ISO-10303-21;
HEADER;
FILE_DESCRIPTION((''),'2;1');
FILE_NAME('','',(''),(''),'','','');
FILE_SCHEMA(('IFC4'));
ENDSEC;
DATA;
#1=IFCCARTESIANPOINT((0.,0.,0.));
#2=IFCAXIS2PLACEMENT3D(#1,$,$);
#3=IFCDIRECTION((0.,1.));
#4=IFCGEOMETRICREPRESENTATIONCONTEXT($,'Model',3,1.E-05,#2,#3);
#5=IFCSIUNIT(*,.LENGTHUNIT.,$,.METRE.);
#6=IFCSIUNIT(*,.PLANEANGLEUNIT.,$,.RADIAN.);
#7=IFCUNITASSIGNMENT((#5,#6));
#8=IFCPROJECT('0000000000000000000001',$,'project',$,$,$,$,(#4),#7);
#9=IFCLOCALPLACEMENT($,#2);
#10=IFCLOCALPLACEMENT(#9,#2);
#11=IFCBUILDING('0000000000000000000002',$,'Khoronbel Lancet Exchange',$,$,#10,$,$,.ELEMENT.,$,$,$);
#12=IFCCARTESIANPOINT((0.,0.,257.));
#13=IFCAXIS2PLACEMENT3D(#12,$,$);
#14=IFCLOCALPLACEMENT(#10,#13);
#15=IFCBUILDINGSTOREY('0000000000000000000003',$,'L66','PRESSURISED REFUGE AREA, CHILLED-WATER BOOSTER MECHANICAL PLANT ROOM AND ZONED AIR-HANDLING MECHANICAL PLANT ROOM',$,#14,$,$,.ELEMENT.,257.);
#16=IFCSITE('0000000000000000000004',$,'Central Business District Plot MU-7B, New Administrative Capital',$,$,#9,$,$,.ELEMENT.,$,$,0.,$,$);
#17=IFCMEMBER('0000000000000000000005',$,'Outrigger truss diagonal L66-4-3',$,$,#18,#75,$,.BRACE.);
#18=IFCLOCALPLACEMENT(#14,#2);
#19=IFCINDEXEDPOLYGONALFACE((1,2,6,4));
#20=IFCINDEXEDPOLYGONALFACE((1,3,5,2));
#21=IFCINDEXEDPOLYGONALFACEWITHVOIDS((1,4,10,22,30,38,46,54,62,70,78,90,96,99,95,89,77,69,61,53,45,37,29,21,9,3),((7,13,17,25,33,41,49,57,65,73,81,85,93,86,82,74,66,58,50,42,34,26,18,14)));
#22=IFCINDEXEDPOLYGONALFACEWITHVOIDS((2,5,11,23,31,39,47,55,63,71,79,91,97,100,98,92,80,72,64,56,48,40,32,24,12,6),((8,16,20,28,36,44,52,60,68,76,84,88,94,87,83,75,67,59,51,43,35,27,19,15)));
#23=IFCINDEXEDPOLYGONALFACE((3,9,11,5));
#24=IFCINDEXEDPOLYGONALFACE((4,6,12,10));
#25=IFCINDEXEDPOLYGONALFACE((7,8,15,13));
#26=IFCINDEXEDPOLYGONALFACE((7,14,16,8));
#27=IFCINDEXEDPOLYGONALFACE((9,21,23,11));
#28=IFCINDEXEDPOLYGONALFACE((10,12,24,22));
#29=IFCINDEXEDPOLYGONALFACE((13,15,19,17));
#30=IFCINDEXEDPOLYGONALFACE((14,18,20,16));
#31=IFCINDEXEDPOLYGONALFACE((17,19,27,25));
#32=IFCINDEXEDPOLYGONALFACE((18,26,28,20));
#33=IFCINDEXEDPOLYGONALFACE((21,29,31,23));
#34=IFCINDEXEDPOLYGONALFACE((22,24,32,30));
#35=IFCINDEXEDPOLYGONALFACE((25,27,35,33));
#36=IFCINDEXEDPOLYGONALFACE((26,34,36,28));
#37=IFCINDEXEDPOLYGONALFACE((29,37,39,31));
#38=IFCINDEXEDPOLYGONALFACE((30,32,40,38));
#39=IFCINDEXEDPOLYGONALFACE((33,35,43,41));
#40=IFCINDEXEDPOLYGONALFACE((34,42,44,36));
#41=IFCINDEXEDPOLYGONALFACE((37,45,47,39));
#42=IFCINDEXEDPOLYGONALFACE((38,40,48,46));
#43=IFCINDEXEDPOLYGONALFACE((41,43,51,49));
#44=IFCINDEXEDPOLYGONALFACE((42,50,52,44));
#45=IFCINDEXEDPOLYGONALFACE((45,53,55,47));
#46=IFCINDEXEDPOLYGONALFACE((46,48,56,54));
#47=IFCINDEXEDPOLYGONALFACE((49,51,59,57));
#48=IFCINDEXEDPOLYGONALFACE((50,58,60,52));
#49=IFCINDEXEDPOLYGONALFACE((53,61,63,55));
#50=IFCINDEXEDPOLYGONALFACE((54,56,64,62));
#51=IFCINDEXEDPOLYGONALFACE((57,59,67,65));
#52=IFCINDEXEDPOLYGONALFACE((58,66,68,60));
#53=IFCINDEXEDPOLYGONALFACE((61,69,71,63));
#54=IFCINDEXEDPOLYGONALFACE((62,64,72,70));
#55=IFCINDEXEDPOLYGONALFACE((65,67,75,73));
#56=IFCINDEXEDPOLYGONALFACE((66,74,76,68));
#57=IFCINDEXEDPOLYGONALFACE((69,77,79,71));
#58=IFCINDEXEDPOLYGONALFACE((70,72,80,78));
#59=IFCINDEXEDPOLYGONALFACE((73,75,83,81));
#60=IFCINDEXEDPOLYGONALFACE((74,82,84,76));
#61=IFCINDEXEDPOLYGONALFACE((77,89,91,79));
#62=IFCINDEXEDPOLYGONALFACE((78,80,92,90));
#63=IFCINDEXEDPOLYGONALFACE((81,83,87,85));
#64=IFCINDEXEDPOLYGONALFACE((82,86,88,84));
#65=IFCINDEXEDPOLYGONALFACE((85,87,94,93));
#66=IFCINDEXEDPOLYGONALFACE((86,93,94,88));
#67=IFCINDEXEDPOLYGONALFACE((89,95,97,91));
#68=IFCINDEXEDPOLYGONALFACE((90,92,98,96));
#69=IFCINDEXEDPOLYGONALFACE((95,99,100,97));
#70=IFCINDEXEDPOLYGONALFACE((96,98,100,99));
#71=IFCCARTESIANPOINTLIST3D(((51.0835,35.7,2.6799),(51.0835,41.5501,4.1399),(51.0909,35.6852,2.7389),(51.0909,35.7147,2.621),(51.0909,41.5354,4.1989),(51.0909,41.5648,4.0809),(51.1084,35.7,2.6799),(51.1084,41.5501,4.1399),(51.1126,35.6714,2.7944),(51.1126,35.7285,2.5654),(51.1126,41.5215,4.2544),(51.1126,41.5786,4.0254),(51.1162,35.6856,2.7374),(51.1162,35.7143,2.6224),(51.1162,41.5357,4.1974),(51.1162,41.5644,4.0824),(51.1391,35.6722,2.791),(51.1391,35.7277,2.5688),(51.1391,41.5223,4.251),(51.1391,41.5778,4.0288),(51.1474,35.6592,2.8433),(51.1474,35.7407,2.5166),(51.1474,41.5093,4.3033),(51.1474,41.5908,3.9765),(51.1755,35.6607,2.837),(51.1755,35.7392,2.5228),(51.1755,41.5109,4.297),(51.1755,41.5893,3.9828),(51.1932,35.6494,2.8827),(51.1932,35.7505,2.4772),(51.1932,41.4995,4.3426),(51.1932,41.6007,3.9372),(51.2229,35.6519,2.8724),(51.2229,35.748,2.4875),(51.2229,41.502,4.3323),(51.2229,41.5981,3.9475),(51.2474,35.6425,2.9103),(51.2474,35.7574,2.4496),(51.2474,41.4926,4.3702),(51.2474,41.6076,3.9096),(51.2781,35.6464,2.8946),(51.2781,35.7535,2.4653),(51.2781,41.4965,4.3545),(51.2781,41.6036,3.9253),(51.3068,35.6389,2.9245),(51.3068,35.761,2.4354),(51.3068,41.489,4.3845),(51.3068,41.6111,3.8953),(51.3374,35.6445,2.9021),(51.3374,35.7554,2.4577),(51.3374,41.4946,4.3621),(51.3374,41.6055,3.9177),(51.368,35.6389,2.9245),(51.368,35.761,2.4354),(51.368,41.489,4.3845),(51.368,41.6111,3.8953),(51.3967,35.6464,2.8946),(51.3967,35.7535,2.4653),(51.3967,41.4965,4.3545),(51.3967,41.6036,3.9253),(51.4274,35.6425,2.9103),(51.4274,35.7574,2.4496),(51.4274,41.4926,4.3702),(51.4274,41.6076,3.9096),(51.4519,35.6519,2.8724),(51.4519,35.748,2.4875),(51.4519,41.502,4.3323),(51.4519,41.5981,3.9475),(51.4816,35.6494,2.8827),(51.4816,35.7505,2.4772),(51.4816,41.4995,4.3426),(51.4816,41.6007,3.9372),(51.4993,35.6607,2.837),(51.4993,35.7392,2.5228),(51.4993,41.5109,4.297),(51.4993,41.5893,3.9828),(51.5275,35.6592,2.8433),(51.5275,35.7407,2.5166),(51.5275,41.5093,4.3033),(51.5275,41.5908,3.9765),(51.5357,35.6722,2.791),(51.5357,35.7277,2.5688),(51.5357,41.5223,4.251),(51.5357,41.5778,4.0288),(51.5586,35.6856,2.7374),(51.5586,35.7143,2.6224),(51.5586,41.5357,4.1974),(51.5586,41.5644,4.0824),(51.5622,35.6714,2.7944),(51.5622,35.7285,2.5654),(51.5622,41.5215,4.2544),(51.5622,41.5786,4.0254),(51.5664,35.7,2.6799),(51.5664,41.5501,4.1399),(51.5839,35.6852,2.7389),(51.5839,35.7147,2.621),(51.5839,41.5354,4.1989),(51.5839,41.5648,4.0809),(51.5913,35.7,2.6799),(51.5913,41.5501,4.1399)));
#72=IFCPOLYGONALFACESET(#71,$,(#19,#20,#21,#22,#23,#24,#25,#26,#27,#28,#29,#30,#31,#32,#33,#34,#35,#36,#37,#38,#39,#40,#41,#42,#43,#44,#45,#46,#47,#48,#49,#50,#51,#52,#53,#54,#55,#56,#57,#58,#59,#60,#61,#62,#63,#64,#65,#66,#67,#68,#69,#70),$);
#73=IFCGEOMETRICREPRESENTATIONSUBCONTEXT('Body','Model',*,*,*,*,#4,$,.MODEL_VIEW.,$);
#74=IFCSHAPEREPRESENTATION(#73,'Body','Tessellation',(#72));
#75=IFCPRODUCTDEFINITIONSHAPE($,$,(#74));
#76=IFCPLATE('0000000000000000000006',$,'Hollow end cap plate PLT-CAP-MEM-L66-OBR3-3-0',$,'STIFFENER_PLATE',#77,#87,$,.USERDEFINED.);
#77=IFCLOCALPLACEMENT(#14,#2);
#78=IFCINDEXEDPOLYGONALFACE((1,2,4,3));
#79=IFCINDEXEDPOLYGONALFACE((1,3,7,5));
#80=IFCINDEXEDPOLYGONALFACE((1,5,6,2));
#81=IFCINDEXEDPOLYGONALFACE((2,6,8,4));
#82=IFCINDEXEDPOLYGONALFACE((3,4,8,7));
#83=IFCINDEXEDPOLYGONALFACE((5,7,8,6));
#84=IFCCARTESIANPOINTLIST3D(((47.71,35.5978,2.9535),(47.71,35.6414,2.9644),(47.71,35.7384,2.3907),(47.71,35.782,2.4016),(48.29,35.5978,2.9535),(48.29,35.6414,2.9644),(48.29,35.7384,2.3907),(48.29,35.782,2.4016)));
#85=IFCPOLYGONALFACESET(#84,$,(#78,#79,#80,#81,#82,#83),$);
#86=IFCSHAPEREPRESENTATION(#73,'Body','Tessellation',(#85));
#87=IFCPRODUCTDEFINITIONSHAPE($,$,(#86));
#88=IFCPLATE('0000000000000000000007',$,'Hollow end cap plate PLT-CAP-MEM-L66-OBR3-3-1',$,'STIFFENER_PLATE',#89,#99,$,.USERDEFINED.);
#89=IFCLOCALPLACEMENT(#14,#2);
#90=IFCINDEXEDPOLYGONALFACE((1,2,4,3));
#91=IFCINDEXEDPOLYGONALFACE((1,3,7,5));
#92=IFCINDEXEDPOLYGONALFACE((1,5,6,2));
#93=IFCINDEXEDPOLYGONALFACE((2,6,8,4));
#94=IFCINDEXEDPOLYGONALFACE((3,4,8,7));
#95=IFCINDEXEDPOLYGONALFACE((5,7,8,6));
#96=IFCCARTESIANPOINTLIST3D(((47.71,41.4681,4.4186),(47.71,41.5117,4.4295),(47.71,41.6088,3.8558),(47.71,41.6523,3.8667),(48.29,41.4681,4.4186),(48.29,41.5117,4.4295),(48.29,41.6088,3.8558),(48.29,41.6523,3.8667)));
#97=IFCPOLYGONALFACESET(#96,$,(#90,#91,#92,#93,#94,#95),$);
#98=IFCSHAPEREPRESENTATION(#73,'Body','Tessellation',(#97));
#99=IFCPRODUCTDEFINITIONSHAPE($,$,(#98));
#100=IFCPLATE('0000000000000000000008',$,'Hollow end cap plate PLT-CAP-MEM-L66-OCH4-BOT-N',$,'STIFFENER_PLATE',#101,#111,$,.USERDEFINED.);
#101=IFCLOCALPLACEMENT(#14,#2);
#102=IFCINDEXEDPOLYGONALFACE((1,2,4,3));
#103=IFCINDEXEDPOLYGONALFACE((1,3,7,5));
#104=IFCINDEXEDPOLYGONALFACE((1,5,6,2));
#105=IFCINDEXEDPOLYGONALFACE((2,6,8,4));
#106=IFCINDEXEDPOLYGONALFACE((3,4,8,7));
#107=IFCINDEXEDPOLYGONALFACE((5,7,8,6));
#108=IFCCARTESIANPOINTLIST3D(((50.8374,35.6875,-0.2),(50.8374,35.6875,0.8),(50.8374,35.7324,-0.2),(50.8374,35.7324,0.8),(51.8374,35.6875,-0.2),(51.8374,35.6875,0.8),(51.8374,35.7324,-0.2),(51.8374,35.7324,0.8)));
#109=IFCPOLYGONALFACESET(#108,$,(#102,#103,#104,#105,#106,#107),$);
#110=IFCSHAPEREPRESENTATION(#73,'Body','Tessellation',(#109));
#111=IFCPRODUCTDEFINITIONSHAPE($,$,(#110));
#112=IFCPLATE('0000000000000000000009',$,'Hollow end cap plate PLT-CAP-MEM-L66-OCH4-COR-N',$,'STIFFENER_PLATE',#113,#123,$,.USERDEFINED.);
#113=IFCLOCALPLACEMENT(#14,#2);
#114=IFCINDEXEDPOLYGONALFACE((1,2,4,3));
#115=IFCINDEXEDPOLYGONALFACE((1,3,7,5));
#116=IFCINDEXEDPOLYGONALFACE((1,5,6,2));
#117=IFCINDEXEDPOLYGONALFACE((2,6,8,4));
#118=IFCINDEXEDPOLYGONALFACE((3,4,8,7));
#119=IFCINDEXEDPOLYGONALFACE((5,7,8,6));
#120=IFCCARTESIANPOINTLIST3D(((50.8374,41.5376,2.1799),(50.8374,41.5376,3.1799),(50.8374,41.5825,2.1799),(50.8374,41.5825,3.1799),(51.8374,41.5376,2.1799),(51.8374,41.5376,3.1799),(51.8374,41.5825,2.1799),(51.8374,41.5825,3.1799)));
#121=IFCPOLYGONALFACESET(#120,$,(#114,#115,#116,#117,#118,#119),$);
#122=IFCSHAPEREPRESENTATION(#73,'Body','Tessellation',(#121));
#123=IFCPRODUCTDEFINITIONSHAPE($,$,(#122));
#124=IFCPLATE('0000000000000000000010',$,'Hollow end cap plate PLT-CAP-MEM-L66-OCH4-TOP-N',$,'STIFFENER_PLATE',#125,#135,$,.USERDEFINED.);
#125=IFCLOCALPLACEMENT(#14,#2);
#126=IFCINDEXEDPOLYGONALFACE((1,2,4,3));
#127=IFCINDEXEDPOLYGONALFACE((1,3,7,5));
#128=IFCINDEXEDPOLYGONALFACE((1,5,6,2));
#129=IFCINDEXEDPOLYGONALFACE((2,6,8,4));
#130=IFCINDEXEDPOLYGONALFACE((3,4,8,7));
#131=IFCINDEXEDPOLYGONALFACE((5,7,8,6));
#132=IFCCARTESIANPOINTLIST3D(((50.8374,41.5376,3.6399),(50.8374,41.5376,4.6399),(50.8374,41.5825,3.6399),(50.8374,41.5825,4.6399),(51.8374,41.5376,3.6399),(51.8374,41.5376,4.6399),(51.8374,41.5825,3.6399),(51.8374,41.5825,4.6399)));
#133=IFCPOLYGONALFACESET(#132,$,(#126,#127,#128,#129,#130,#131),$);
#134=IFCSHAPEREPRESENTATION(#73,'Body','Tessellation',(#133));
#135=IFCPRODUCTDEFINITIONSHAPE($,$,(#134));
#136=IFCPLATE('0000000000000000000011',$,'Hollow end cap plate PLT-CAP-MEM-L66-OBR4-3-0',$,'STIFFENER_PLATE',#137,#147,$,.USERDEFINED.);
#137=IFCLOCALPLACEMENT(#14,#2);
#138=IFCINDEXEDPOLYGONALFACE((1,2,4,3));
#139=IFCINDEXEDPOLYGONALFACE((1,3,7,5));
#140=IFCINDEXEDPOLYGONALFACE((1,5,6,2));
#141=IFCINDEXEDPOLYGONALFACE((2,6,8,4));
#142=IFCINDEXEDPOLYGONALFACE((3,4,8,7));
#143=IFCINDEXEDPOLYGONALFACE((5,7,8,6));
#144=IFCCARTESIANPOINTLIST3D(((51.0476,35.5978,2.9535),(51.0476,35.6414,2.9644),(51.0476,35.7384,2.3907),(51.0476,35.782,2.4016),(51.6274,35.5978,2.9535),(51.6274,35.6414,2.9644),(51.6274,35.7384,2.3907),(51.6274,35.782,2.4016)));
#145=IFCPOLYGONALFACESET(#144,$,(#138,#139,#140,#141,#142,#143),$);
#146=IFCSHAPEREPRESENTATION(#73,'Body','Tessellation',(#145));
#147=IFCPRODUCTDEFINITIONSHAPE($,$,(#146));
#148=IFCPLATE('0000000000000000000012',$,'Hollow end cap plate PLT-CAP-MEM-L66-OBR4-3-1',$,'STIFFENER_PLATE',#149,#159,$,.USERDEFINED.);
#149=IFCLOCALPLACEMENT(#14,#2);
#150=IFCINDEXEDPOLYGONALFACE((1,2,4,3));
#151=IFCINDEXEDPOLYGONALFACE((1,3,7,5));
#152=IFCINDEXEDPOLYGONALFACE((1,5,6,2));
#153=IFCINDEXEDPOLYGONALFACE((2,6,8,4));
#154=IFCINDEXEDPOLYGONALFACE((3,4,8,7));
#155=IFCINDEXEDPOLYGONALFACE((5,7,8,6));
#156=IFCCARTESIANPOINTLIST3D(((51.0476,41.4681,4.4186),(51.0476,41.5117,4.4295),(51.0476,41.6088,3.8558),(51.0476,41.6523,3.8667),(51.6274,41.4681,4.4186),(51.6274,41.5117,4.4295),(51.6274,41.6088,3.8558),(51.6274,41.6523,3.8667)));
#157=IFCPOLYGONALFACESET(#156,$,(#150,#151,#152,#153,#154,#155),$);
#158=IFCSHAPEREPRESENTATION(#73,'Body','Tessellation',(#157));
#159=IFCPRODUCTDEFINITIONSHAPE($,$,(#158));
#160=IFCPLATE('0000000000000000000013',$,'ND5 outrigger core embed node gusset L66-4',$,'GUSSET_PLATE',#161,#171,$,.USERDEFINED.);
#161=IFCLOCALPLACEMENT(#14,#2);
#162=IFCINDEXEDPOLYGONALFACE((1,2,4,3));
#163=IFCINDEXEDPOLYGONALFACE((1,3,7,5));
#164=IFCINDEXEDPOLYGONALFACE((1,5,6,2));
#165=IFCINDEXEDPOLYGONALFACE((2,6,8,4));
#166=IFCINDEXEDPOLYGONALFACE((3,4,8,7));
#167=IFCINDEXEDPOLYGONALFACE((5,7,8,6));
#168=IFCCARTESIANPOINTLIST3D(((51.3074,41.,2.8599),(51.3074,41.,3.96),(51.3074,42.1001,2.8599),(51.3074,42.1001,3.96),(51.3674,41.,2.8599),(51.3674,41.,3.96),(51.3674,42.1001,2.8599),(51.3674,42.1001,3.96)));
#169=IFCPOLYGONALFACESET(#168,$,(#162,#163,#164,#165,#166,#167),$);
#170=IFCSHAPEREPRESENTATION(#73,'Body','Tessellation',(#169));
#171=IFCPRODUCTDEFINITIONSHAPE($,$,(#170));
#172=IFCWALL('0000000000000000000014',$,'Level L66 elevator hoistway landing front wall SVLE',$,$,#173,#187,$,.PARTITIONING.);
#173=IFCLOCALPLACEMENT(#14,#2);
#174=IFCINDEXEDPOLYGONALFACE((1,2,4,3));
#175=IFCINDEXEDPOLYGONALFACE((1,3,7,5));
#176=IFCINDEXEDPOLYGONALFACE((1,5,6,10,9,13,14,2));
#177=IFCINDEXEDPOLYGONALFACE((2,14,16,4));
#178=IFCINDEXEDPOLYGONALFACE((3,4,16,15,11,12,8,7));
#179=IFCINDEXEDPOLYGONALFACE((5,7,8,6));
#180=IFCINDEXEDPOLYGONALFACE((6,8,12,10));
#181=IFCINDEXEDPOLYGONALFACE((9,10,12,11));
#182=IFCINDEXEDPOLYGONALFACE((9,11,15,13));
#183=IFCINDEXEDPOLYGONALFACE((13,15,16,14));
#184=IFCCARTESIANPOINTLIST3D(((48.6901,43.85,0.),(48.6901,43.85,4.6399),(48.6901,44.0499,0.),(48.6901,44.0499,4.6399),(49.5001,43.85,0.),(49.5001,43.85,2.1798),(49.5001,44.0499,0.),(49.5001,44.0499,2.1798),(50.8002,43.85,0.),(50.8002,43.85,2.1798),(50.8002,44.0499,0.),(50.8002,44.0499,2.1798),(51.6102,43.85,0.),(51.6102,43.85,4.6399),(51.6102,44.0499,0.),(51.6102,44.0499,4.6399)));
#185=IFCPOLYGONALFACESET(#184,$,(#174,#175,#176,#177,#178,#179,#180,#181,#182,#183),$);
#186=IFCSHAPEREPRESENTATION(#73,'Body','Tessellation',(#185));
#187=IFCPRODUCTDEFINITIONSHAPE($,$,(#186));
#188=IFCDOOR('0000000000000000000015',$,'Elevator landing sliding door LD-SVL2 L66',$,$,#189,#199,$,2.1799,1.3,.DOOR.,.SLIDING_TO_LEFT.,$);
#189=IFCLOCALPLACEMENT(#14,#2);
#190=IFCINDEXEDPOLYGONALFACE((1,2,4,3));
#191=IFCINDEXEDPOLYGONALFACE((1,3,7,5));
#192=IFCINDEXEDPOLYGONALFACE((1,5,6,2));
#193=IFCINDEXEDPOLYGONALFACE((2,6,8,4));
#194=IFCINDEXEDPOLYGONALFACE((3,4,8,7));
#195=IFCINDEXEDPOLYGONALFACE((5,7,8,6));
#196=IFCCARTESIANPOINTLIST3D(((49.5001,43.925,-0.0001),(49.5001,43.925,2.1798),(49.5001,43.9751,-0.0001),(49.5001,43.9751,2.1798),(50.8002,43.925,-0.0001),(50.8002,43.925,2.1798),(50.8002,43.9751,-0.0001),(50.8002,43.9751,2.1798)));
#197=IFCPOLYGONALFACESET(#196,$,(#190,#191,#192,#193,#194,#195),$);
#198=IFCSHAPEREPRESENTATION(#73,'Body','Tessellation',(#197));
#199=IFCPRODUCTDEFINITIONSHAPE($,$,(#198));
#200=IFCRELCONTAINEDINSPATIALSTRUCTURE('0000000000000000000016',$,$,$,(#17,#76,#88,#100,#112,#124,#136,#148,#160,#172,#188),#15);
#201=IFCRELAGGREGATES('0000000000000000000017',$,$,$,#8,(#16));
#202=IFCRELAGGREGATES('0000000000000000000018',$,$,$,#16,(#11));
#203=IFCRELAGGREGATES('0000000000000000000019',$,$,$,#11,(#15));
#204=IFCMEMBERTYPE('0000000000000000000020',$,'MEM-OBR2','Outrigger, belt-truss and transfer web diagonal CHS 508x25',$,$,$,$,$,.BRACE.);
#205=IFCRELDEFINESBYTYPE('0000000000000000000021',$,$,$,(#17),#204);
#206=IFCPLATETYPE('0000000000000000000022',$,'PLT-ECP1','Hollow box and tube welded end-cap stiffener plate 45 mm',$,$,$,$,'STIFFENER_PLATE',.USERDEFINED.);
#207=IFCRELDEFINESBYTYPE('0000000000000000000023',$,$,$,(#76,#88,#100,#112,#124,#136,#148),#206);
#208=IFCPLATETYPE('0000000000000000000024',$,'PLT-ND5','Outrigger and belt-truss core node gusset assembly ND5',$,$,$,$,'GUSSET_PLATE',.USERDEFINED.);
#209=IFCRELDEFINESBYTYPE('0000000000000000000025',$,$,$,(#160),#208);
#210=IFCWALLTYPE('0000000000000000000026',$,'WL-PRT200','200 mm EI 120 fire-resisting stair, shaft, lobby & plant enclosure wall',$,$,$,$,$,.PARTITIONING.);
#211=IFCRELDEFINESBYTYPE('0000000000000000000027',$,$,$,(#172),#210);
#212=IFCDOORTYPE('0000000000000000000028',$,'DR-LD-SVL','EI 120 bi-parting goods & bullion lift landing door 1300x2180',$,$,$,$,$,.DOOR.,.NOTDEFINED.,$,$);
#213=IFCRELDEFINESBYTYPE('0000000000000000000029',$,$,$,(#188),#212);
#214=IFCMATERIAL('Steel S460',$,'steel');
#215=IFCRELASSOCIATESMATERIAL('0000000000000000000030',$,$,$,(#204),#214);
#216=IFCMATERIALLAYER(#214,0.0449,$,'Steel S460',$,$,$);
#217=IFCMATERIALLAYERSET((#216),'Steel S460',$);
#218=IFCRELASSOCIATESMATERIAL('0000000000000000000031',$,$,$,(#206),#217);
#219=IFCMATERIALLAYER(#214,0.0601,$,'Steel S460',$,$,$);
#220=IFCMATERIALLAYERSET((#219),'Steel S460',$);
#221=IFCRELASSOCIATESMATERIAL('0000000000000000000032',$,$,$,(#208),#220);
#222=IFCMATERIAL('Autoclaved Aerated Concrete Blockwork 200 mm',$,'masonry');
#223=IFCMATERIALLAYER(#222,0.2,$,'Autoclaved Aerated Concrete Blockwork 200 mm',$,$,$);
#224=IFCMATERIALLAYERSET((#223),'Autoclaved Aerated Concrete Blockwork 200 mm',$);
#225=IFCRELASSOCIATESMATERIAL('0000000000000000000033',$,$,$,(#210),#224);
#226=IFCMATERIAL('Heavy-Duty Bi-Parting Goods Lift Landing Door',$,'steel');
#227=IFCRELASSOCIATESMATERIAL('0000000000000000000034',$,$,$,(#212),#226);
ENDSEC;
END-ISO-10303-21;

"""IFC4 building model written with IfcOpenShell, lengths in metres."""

from ifc_helpers import new_model, si_unit, direction, frame, frame_2d, origin, origin_2d, place, context, subcontext, project, spatial, polyline, rectangle, hollow_circle, outline, extrude, material, layer, layer_set, material_profile, profile_set, type_object, element, fill, save


model = new_model("IFC4")

# Units and contexts
model_context = context("Model", 3, precision=1e-05, world=origin(), true_north=direction((0.0, 1.0)))
body_context = subcontext(model_context, "Body", "Model", "MODEL_VIEW")
ifc_project = project(units=[si_unit("LENGTHUNIT", "METRE"), si_unit("PLANEANGLEUNIT", "RADIAN")], contexts=[model_context])

# Site, building, storey
site_placement = place(None, origin())
site = spatial("IfcSite", under=ifc_project, at=site_placement, Name="Central Business District Plot MU-7B, New Administrative Capital", CompositionType="ELEMENT", RefElevation=0.0)
building_placement = place(site_placement, origin())
building = spatial("IfcBuilding", under=site, at=building_placement, Name="Khoronbel Lancet Exchange", CompositionType="ELEMENT")
storey_placement = place(building_placement, frame((0.0, 0.0, 257.0)))
storey = spatial("IfcBuildingStorey", under=building, at=storey_placement, Name="L66", Description="PRESSURISED REFUGE AREA, CHILLED-WATER BOOSTER MECHANICAL PLANT ROOM AND ZONED AIR-HANDLING MECHANICAL PLANT ROOM", CompositionType="ELEMENT", Elevation=257.0)

# Member
ifc_material_1 = material(Name="Steel S460", Category="steel")
ifc_material_profile = material_profile(ifc_material_1, hollow_circle(Radius=0.2539, WallThickness=0.0249, at=origin_2d()), Name="CHS 508x25")
ifc_profile_set = profile_set([ifc_material_profile], Name="Steel S460")
member_type = type_object("IfcMemberType", Name="MEM-OBR2", Description="Outrigger, belt-truss and transfer web diagonal CHS 508x25", PredefinedType="BRACE", material=ifc_profile_set)
member_placement = place(storey_placement, frame((51.3374, 35.7, 2.6799), z_axis=(0.0, 0.970242, 0.242135), x_axis=(-1.0, 0.0, 0.0)))
element("IfcMember", 1, at=member_placement, inside=storey, type_object=member_type, Name="Outrigger truss diagonal L66-4-3", PredefinedType="BRACE", context=body_context, shape_type="SweptSolid", body=[
    extrude(hollow_circle(Radius=0.2539, WallThickness=0.0249, at=origin_2d()), origin(), (0.0, 0.0, 1.0), 6.0295),
])

# Plates
ifc_layer_1 = layer(ifc_material_1, 0.0449, Name="Steel S460")
ifc_layer_set_1 = layer_set([ifc_layer_1], Name="Steel S460")
plate_type_1 = type_object("IfcPlateType", Name="PLT-ECP1", Description="Hollow box and tube welded end-cap stiffener plate 45 mm", ElementType="STIFFENER_PLATE", PredefinedType="USERDEFINED", material=ifc_layer_set_1)
for number, where, z_axis, x_axis, name in (
    (2, (48.29, 35.782, 2.4016), (0.0, 0.970167, 0.242437), (-1.0, 0.0, 0.0), "Hollow end cap plate PLT-CAP-MEM-L66-OBR3-3-0"),
    (3, (48.29, 41.6523, 3.8667), (0.0, 0.970167, 0.242437), (-1.0, 0.0, 0.0), "Hollow end cap plate PLT-CAP-MEM-L66-OBR3-3-1"),
):
    element("IfcPlate", number, at=place(storey_placement, frame(where, z_axis=z_axis, x_axis=x_axis)), inside=storey, type_object=plate_type_1, Name=name, ObjectType="STIFFENER_PLATE", PredefinedType="USERDEFINED", context=body_context, shape_type="SweptSolid", body=[
        extrude(outline(polyline([(0.0, 0.0), (0.5801, 0.0), (0.5801, 0.5801), (0.0, 0.5801), (0.0, 0.0)])), origin(), (0.0, 0.0, -1.0), 0.0449),
    ])
for number, where, z_axis, x_axis, name in (
    (4, (51.3374, 35.71, -0.2), (0.0, 0.0, 1.0), (0.0, 1.0, 0.0), "Hollow end cap plate PLT-CAP-MEM-L66-OCH4-BOT-N"),
    (5, (51.3374, 41.5601, 2.1799), (0.0, 0.0, 1.0), (0.0, 1.0, 0.0), "Hollow end cap plate PLT-CAP-MEM-L66-OCH4-COR-N"),
    (6, (51.3374, 41.5601, 3.6399), (0.0, 0.0, 1.0), (0.0, 1.0, 0.0), "Hollow end cap plate PLT-CAP-MEM-L66-OCH4-TOP-N"),
):
    element("IfcPlate", number, at=place(storey_placement, frame(where, z_axis=z_axis, x_axis=x_axis)), inside=storey, type_object=plate_type_1, Name=name, ObjectType="STIFFENER_PLATE", PredefinedType="USERDEFINED", context=body_context, shape_type="SweptSolid", body=[
        extrude(rectangle(XDim=0.0449, YDim=1.0, at=origin_2d()), origin(), (0.0, 0.0, 1.0), 1.0),
    ])
for number, where, z_axis, x_axis, name in (
    (7, (51.6274, 35.782, 2.4016), (0.0, 0.970167, 0.242437), (-1.0, 0.0, 0.0), "Hollow end cap plate PLT-CAP-MEM-L66-OBR4-3-0"),
    (8, (51.6274, 41.6523, 3.8667), (0.0, 0.970167, 0.242437), (-1.0, 0.0, 0.0), "Hollow end cap plate PLT-CAP-MEM-L66-OBR4-3-1"),
):
    element("IfcPlate", number, at=place(storey_placement, frame(where, z_axis=z_axis, x_axis=x_axis)), inside=storey, type_object=plate_type_1, Name=name, ObjectType="STIFFENER_PLATE", PredefinedType="USERDEFINED", context=body_context, shape_type="SweptSolid", body=[
        extrude(outline(polyline([(0.0, 0.0), (0.5798, 0.0), (0.5798, 0.5801), (0.0, 0.5801), (0.0, 0.0)])), origin(), (0.0, 0.0, -1.0), 0.0449),
    ])
ifc_layer_2 = layer(ifc_material_1, 0.0601, Name="Steel S460")
ifc_layer_set_2 = layer_set([ifc_layer_2], Name="Steel S460")
plate_type_2 = type_object("IfcPlateType", Name="PLT-ND5", Description="Outrigger and belt-truss core node gusset assembly ND5", ElementType="GUSSET_PLATE", PredefinedType="USERDEFINED", material=ifc_layer_set_2)
plate_placement = place(storey_placement, frame((51.3374, 41.55, 2.8599), z_axis=(0.0, 0.0, 1.0), x_axis=(1.0, 0.0, 0.0)))
element("IfcPlate", 9, at=plate_placement, inside=storey, type_object=plate_type_2, Name="ND5 outrigger core embed node gusset L66-4", ObjectType="GUSSET_PLATE", PredefinedType="USERDEFINED", context=body_context, shape_type="SweptSolid", body=[
    extrude(rectangle(XDim=0.0601, YDim=1.1001, at=origin_2d()), origin(), (0.0, 0.0, 1.0), 1.1001),
])

# Wall, opening, door
ifc_material_2 = material(Name="Autoclaved Aerated Concrete Blockwork 200 mm", Category="masonry")
ifc_layer_3 = layer(ifc_material_2, 0.2, Name="Autoclaved Aerated Concrete Blockwork 200 mm")
ifc_layer_set_3 = layer_set([ifc_layer_3], Name="Autoclaved Aerated Concrete Blockwork 200 mm")
wall_type_1 = type_object("IfcWallType", Name="WL-PRT200", Description="200 mm EI 120 fire-resisting stair, shaft, lobby & plant enclosure wall", PredefinedType="PARTITIONING", material=ifc_layer_set_3)
wall_1_placement = place(storey_placement, frame((51.6101, 43.95, 0.0), z_axis=(0.0, 0.0, 1.0), x_axis=(-1.0, 0.0, 0.0)))
wall_1 = element("IfcWall", 10, at=wall_1_placement, inside=storey, type_object=wall_type_1, Name="Level L66 elevator hoistway landing front wall SVLE", PredefinedType="PARTITIONING", context=body_context, shape_type="SweptSolid", body=[
    extrude(rectangle(XDim=2.9202, YDim=0.2, at=frame_2d((1.46, 0.0))), origin(), (0.0, 0.0, 1.0), 4.6399),
])
opening_1_placement = place(wall_1_placement, frame((0.8101, 0.0, 0.0)))
opening_1 = element("IfcOpeningElement", 11, at=opening_1_placement, cuts=wall_1, PredefinedType="OPENING", context=body_context, shape_type="SweptSolid", body=[
    extrude(rectangle(XDim=1.3, YDim=2.1799, at=frame_2d((0.6499, 1.0898))), frame((0.0, 0.1099, 0.0), z_axis=(0.0, -1.0, 0.0), x_axis=(1.0, 0.0, 0.0)), (0.0, 0.0, 1.0), 0.22),
])
ifc_material_3 = material(Name="Heavy-Duty Bi-Parting Goods Lift Landing Door", Category="steel")
door_type_1 = type_object("IfcDoorType", Name="DR-LD-SVL", Description="EI 120 bi-parting goods & bullion lift landing door 1300x2180", OperationType="NOTDEFINED", PredefinedType="DOOR", material=ifc_material_3)
door_1_placement = place(opening_1_placement, origin())
door_1 = element("IfcDoor", 12, at=door_1_placement, inside=storey, type_object=door_type_1, Name="Elevator landing sliding door LD-SVL2 L66", OperationType="SLIDING_TO_LEFT", OverallHeight=2.1799, OverallWidth=1.3, PredefinedType="DOOR", context=body_context, shape_type="SweptSolid", body=[
    extrude(rectangle(XDim=1.3, YDim=2.1799, at=frame_2d((0.6499, 1.0898))), frame((0.0, 0.0249, 0.0), z_axis=(0.0, -1.0, 0.0), x_axis=(1.0, 0.0, 0.0)), (0.0, 0.0, 1.0), 0.05),
])
fill(opening_1, door_1)

save(model, "model.ifc")
